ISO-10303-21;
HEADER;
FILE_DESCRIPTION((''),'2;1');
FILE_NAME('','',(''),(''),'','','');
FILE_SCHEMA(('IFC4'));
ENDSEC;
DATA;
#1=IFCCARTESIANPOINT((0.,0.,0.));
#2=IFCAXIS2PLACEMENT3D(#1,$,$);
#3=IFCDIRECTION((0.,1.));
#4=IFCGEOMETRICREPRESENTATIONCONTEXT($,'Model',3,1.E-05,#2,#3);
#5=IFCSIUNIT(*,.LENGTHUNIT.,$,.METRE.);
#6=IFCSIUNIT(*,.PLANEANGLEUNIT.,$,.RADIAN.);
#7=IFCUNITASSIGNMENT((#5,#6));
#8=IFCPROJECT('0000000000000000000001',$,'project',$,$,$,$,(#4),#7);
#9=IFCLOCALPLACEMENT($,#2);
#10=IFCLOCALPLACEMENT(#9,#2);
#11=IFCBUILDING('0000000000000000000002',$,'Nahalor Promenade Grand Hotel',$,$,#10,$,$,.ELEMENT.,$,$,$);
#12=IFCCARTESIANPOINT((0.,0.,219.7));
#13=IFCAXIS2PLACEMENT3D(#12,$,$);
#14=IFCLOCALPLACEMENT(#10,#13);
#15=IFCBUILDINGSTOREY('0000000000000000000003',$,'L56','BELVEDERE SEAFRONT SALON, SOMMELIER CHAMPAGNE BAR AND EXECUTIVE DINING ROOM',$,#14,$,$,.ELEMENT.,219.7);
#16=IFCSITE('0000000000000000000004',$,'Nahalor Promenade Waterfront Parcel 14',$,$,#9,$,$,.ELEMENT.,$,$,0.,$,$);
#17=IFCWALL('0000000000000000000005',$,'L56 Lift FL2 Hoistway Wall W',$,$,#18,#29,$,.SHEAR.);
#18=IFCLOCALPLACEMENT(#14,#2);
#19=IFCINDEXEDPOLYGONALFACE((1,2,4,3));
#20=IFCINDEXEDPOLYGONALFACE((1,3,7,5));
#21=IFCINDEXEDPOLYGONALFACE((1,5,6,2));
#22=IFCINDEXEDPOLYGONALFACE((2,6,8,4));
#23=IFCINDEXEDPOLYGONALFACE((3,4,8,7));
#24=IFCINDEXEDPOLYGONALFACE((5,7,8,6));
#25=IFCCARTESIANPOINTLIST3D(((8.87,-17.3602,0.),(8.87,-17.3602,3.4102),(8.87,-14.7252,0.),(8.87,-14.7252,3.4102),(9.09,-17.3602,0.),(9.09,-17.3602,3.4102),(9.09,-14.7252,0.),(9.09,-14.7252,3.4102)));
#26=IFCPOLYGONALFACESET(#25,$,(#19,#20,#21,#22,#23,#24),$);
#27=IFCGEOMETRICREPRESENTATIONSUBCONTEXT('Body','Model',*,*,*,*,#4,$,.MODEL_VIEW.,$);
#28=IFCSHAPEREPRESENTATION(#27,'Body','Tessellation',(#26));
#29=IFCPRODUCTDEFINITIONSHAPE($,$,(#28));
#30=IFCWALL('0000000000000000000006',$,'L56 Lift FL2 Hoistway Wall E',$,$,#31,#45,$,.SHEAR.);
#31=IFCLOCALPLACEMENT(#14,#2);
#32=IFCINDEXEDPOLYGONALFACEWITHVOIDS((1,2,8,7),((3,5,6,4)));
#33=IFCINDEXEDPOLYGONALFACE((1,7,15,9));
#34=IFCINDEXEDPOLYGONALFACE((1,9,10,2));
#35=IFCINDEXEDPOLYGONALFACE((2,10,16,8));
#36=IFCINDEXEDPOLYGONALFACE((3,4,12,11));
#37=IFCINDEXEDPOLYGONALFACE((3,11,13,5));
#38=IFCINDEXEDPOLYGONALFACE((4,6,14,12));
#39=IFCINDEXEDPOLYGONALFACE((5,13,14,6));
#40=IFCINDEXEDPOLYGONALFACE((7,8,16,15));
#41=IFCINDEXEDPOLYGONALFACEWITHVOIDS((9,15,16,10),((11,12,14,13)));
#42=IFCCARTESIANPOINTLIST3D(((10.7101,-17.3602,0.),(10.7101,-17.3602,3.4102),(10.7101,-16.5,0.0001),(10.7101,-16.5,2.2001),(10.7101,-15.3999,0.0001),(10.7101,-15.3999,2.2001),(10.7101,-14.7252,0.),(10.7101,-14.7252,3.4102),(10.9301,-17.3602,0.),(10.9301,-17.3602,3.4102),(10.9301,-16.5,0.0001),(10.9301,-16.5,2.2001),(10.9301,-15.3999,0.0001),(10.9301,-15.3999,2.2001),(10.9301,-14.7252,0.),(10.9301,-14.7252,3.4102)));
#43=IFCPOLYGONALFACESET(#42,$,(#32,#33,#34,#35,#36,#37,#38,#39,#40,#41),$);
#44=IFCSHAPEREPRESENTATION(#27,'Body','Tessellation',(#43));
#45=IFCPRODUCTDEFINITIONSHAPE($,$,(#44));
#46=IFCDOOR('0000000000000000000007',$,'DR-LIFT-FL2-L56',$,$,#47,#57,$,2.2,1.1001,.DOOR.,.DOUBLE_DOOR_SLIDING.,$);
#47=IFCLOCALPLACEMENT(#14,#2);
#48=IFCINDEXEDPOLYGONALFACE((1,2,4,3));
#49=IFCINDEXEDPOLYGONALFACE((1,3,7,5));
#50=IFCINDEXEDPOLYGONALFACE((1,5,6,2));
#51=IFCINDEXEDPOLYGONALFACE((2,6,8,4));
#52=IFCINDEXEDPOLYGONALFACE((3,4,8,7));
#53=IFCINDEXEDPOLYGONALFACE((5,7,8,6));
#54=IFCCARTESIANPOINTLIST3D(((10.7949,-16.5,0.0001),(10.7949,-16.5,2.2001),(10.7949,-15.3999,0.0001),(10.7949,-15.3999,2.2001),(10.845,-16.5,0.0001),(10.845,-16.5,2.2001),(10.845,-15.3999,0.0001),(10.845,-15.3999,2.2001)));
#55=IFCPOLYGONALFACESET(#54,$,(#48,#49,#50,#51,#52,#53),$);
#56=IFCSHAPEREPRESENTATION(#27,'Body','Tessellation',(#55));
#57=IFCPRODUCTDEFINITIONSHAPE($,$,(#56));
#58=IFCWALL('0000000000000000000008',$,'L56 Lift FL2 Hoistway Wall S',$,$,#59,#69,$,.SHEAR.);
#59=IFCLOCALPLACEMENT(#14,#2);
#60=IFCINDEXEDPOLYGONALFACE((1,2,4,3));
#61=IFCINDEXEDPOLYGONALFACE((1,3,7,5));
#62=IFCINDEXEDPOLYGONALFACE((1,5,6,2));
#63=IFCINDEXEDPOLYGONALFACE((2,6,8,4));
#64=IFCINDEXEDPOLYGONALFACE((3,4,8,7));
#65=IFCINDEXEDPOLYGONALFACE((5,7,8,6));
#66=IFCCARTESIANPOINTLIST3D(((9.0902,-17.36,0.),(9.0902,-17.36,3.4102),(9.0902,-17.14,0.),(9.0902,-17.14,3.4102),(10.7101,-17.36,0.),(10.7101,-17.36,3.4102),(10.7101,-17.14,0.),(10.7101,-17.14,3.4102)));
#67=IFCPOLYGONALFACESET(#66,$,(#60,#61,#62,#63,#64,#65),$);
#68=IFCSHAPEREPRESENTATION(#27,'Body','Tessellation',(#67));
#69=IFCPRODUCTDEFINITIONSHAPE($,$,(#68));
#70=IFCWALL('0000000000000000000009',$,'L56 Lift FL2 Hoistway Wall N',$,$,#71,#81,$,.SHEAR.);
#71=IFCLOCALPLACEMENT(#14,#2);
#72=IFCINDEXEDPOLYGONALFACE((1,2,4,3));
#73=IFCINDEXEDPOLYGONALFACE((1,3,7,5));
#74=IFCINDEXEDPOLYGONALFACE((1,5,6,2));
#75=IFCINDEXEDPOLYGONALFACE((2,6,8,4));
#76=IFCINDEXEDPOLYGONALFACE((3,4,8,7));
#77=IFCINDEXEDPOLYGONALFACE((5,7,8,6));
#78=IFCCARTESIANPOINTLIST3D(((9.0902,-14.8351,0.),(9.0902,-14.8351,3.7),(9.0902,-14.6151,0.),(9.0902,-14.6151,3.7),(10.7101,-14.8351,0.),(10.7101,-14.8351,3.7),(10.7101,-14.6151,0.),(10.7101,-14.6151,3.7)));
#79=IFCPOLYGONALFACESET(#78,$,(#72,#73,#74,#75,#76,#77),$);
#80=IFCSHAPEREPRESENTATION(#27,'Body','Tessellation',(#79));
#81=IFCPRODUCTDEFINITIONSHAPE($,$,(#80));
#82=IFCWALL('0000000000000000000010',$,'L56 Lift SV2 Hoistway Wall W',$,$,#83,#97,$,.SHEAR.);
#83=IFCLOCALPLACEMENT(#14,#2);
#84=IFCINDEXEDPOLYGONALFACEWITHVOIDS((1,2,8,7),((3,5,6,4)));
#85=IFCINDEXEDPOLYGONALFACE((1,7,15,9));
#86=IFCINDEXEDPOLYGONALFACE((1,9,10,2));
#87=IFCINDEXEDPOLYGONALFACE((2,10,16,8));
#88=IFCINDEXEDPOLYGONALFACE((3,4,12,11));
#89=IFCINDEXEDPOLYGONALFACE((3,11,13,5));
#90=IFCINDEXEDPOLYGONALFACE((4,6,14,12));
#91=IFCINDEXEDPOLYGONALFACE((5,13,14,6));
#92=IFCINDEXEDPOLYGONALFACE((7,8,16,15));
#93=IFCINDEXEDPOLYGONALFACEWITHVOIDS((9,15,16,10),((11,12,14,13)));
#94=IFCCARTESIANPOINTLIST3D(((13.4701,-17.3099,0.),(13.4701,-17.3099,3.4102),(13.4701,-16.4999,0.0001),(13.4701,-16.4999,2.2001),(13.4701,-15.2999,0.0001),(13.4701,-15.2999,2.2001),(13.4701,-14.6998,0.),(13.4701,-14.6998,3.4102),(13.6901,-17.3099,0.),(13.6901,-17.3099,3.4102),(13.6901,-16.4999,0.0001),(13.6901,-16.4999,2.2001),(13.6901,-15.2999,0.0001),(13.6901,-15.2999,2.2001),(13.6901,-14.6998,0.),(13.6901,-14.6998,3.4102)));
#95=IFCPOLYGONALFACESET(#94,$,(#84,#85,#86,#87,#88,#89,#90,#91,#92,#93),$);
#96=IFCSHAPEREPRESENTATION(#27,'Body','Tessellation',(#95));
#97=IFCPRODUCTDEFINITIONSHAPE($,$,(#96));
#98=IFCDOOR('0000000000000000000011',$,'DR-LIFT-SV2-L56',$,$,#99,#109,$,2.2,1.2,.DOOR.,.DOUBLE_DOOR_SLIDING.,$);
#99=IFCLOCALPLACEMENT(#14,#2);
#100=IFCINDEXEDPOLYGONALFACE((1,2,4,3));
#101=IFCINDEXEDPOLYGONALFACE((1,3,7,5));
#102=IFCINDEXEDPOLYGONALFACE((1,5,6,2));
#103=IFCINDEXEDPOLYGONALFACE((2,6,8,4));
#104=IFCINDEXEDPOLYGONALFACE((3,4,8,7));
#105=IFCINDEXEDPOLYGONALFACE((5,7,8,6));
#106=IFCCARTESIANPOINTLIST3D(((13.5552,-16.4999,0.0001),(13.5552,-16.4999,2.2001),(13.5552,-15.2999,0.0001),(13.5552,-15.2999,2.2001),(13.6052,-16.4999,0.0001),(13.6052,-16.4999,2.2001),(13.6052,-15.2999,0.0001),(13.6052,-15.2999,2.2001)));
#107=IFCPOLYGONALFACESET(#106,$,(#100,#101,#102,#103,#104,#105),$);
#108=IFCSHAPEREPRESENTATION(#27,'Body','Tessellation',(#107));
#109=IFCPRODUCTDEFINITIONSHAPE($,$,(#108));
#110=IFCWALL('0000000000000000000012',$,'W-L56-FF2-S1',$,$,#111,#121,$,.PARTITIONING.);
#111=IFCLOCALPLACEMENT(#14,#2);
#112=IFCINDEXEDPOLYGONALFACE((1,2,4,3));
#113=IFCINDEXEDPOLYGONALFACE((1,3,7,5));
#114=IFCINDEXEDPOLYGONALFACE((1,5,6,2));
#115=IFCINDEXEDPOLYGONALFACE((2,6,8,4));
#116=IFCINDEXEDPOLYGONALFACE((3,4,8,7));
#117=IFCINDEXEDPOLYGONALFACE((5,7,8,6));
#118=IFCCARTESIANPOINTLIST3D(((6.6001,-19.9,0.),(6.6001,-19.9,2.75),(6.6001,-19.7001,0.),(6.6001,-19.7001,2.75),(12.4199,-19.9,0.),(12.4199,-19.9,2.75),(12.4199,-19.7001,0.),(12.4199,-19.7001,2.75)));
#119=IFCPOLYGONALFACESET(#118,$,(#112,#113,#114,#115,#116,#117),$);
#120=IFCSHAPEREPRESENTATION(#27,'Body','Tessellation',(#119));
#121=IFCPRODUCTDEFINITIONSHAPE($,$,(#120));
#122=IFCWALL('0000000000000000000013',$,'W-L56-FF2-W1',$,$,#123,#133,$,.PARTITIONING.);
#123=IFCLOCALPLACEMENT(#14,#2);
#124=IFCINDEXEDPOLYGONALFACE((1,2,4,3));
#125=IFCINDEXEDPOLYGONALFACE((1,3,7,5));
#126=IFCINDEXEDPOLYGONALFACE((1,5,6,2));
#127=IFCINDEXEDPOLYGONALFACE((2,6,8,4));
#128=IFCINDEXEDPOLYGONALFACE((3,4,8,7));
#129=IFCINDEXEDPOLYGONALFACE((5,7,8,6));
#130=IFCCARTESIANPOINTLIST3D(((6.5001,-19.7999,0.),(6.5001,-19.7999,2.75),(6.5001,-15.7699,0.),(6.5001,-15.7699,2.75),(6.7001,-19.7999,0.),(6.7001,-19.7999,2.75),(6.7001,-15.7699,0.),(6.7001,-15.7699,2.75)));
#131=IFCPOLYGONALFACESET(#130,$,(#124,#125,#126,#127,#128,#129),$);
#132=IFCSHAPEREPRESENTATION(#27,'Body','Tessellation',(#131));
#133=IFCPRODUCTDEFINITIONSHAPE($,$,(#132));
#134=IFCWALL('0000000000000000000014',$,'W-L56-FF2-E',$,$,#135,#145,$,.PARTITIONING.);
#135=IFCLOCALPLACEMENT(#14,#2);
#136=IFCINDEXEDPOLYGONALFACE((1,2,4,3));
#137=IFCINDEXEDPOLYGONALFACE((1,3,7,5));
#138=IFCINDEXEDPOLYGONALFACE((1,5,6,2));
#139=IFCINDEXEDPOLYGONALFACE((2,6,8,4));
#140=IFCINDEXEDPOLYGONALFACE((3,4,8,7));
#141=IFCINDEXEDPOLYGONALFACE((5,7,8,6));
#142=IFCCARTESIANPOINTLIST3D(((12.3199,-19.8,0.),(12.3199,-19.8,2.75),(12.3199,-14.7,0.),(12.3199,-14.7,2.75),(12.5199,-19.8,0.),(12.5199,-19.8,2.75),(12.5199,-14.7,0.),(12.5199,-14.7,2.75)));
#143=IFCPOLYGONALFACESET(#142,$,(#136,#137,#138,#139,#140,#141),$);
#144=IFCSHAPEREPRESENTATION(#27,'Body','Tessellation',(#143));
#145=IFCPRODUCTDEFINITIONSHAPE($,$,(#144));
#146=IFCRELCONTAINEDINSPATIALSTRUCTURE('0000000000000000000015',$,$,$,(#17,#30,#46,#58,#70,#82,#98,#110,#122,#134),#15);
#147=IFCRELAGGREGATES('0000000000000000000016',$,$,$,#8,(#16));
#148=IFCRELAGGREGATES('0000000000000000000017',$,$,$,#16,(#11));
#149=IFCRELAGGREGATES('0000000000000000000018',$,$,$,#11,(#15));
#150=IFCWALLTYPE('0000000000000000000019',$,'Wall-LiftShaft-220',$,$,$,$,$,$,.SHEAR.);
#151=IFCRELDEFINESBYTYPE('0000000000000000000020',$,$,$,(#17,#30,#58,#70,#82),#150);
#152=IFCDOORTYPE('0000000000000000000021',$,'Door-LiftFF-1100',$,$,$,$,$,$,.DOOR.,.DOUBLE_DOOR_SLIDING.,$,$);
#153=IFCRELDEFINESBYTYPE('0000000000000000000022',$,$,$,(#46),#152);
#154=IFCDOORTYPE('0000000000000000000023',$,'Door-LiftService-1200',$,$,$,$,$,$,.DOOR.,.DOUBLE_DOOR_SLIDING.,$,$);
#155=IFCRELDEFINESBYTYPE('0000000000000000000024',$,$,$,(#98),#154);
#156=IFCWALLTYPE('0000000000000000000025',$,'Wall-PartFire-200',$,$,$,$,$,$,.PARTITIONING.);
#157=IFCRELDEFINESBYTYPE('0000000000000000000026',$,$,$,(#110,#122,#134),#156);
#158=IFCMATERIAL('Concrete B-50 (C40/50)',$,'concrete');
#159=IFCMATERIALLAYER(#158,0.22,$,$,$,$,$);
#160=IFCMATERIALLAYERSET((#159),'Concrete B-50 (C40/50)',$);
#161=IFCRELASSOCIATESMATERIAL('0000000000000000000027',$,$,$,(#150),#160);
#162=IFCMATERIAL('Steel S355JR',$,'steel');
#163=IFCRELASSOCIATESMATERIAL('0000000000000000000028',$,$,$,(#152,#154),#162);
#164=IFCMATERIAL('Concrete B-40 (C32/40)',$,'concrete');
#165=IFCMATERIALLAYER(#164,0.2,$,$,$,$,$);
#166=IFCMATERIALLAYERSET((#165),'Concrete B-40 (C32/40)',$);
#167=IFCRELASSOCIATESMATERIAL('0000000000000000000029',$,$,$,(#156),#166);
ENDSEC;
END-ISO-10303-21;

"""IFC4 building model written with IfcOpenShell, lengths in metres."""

from ifc_helpers import new_model, si_unit, direction, frame, frame_2d, origin, place, context, subcontext, project, spatial, rectangle, extrude, source, transform, mapped, material, layer, layer_set, type_object, element, fill, save


model = new_model("IFC4")

# Units and contexts
model_context = context("Model", 3, precision=1e-05, world=origin(), true_north=direction((0.0, 1.0)))
body_context = subcontext(model_context, "Body", "Model", "MODEL_VIEW")
ifc_project = project(units=[si_unit("LENGTHUNIT", "METRE"), si_unit("PLANEANGLEUNIT", "RADIAN")], contexts=[model_context])

# Site, building, storey
site_placement = place(None, origin())
site = spatial("IfcSite", under=ifc_project, at=site_placement, Name="Nahalor Promenade Waterfront Parcel 14", CompositionType="ELEMENT", RefElevation=0.0)
building_placement = place(site_placement, origin())
building = spatial("IfcBuilding", under=site, at=building_placement, Name="Nahalor Promenade Grand Hotel", CompositionType="ELEMENT")
storey_placement = place(building_placement, frame((0.0, 0.0, 219.7)))
storey = spatial("IfcBuildingStorey", under=building, at=storey_placement, Name="L56", Description="BELVEDERE SEAFRONT SALON, SOMMELIER CHAMPAGNE BAR AND EXECUTIVE DINING ROOM", CompositionType="ELEMENT", Elevation=219.7)

# Shared definitions
ifc_material_1 = material(Name="Steel S355JR", Category="steel")

# Shared definitions
ifc_material_2 = material(Name="Concrete B-50 (C40/50)", Category="concrete")

# Shared definitions
ifc_layer_1 = layer(ifc_material_2, 0.22)
ifc_layer_set_1 = layer_set([ifc_layer_1], Name="Concrete B-50 (C40/50)")
wall_type_1 = type_object("IfcWallType", Name="Wall-LiftShaft-220", PredefinedType="SHEAR", material=ifc_layer_set_1)

# Wall
shared_shape_1 = source(origin(), body_context, "Body", "SweptSolid", [
    extrude(rectangle(XDim=2.635, YDim=0.22, at=frame_2d((1.3174, 0.0))), origin(), (0.0, 0.0, 1.0), 3.4102),
])
wall_1_placement = place(storey_placement, frame((8.98, -17.3601, 0.0), z_axis=(0.0, 0.0, 1.0), x_axis=(0.0, 1.0, 0.0)))
element("IfcWall", 1, at=wall_1_placement, inside=storey, type_object=wall_type_1, Name="L56 Lift FL2 Hoistway Wall W", PredefinedType="SHEAR", context=body_context, shape_type="MappedRepresentation", body=[
    mapped(shared_shape_1, transform((0.0, 0.0, 0.0), scale=1.0)),
])

# Wall, opening, door
wall_2_placement = place(storey_placement, frame((10.8201, -17.3601, 0.0), z_axis=(0.0, 0.0, 1.0), x_axis=(0.0, 1.0, 0.0)))
wall_2 = element("IfcWall", 2, at=wall_2_placement, inside=storey, type_object=wall_type_1, Name="L56 Lift FL2 Hoistway Wall E", PredefinedType="SHEAR", context=body_context, shape_type="MappedRepresentation", body=[
    mapped(shared_shape_1, transform((0.0, 0.0, 0.0), scale=1.0)),
])
opening_1_placement = place(wall_2_placement, frame((0.8601, 0.0, 0.0)))
opening_1 = element("IfcOpeningElement", 3, at=opening_1_placement, cuts=wall_2, PredefinedType="OPENING", context=body_context, shape_type="SweptSolid", body=[
    extrude(rectangle(XDim=1.1001, YDim=2.2, at=frame_2d((0.55, 1.1001))), frame((0.0, 0.1199, 0.0), z_axis=(0.0, -1.0, 0.0), x_axis=(1.0, 0.0, 0.0)), (0.0, 0.0, 1.0), 0.24),
])
door_type_1 = type_object("IfcDoorType", Name="Door-LiftFF-1100", OperationType="DOUBLE_DOOR_SLIDING", PredefinedType="DOOR", material=ifc_material_1)
shared_shape_2 = source(origin(), body_context, "Body", "SweptSolid", [
    extrude(rectangle(XDim=1.1001, YDim=2.2, at=frame_2d((0.55, 1.1001))), frame((0.0, 0.0249, 0.0), z_axis=(0.0, -1.0, 0.0), x_axis=(1.0, 0.0, 0.0)), (0.0, 0.0, 1.0), 0.05),
])
door_1_placement = place(opening_1_placement, frame((1.1001, 0.0, 0.0), z_axis=(0.0, 0.0, 1.0), x_axis=(-1.0, 0.0, 0.0)))
door_1 = element("IfcDoor", 4, at=door_1_placement, inside=storey, type_object=door_type_1, Name="DR-LIFT-FL2-L56", OperationType="DOUBLE_DOOR_SLIDING", OverallHeight=2.2, OverallWidth=1.1001, PredefinedType="DOOR", context=body_context, shape_type="MappedRepresentation", body=[
    mapped(shared_shape_2, transform((0.0, 0.0, 0.0), scale=1.0)),
])
fill(opening_1, door_1)

# Walls
shared_shape_3 = source(origin(), body_context, "Body", "SweptSolid", [
    extrude(rectangle(XDim=1.6199, YDim=0.22, at=frame_2d((0.8101, 0.0))), origin(), (0.0, 0.0, 1.0), 3.4102),
])
wall_3_placement = place(storey_placement, frame((9.0901, -17.25, 0.0), z_axis=(0.0, 0.0, 1.0), x_axis=(1.0, 0.0, 0.0)))
element("IfcWall", 5, at=wall_3_placement, inside=storey, type_object=wall_type_1, Name="L56 Lift FL2 Hoistway Wall S", PredefinedType="SHEAR", context=body_context, shape_type="MappedRepresentation", body=[
    mapped(shared_shape_3, transform((0.0, 0.0, 0.0), scale=1.0)),
])
shared_shape_4 = source(origin(), body_context, "Body", "SweptSolid", [
    extrude(rectangle(XDim=1.6199, YDim=0.22, at=frame_2d((0.8101, 0.0))), origin(), (0.0, 0.0, 1.0), 3.7),
])
wall_4_placement = place(storey_placement, frame((9.0901, -14.7251, 0.0), z_axis=(0.0, 0.0, 1.0), x_axis=(1.0, 0.0, 0.0)))
element("IfcWall", 6, at=wall_4_placement, inside=storey, type_object=wall_type_1, Name="L56 Lift FL2 Hoistway Wall N", PredefinedType="SHEAR", context=body_context, shape_type="MappedRepresentation", body=[
    mapped(shared_shape_4, transform((0.0, 0.0, 0.0), scale=1.0)),
])

# Wall, opening, door
shared_shape_5 = source(origin(), body_context, "Body", "SweptSolid", [
    extrude(rectangle(XDim=2.6101, YDim=0.22, at=frame_2d((1.3052, 0.0))), origin(), (0.0, 0.0, 1.0), 3.4102),
])
wall_5_placement = place(storey_placement, frame((13.5801, -17.3101, 0.0), z_axis=(0.0, 0.0, 1.0), x_axis=(0.0, 1.0, 0.0)))
wall_5 = element("IfcWall", 7, at=wall_5_placement, inside=storey, type_object=wall_type_1, Name="L56 Lift SV2 Hoistway Wall W", PredefinedType="SHEAR", context=body_context, shape_type="MappedRepresentation", body=[
    mapped(shared_shape_5, transform((0.0, 0.0, 0.0), scale=1.0)),
])
opening_2_placement = place(wall_5_placement, frame((0.8101, 0.0, 0.0)))
opening_2 = element("IfcOpeningElement", 8, at=opening_2_placement, cuts=wall_5, PredefinedType="OPENING", context=body_context, shape_type="SweptSolid", body=[
    extrude(rectangle(XDim=1.2, YDim=2.2, at=frame_2d((0.6001, 1.1001))), frame((0.0, 0.1199, 0.0), z_axis=(0.0, -1.0, 0.0), x_axis=(1.0, 0.0, 0.0)), (0.0, 0.0, 1.0), 0.24),
])
door_type_2 = type_object("IfcDoorType", Name="Door-LiftService-1200", OperationType="DOUBLE_DOOR_SLIDING", PredefinedType="DOOR", material=ifc_material_1)
shared_shape_6 = source(origin(), body_context, "Body", "SweptSolid", [
    extrude(rectangle(XDim=1.2, YDim=2.2, at=frame_2d((0.6001, 1.1001))), frame((0.0, 0.0249, 0.0), z_axis=(0.0, -1.0, 0.0), x_axis=(1.0, 0.0, 0.0)), (0.0, 0.0, 1.0), 0.05),
])
door_2_placement = place(opening_2_placement, origin())
door_2 = element("IfcDoor", 9, at=door_2_placement, inside=storey, type_object=door_type_2, Name="DR-LIFT-SV2-L56", OperationType="DOUBLE_DOOR_SLIDING", OverallHeight=2.2, OverallWidth=1.2, PredefinedType="DOOR", context=body_context, shape_type="MappedRepresentation", body=[
    mapped(shared_shape_6, transform((0.0, 0.0, 0.0), scale=1.0)),
])
fill(opening_2, door_2)

# Walls
ifc_material_3 = material(Name="Concrete B-40 (C32/40)", Category="concrete")
ifc_layer_2 = layer(ifc_material_3, 0.2)
ifc_layer_set_2 = layer_set([ifc_layer_2], Name="Concrete B-40 (C32/40)")
wall_type_2 = type_object("IfcWallType", Name="Wall-PartFire-200", PredefinedType="PARTITIONING", material=ifc_layer_set_2)
shared_shape_7 = source(origin(), body_context, "Body", "SweptSolid", [
    extrude(rectangle(XDim=5.8198, YDim=0.2, at=frame_2d((2.9099, 0.0))), origin(), (0.0, 0.0, 1.0), 2.75),
])
wall_6_placement = place(storey_placement, frame((6.6001, -19.8, 0.0), z_axis=(0.0, 0.0, 1.0), x_axis=(1.0, 0.0, 0.0)))
element("IfcWall", 10, at=wall_6_placement, inside=storey, type_object=wall_type_2, Name="W-L56-FF2-S1", PredefinedType="PARTITIONING", context=body_context, shape_type="MappedRepresentation", body=[
    mapped(shared_shape_7, transform((0.0, 0.0, 0.0), scale=1.0)),
])
shared_shape_8 = source(origin(), body_context, "Body", "SweptSolid", [
    extrude(rectangle(XDim=4.03, YDim=0.2, at=frame_2d((2.0151, 0.0))), origin(), (0.0, 0.0, 1.0), 2.75),
])
wall_7_placement = place(storey_placement, frame((6.6001, -19.8, 0.0), z_axis=(0.0, 0.0, 1.0), x_axis=(0.0, 1.0, 0.0)))
element("IfcWall", 11, at=wall_7_placement, inside=storey, type_object=wall_type_2, Name="W-L56-FF2-W1", PredefinedType="PARTITIONING", context=body_context, shape_type="MappedRepresentation", body=[
    mapped(shared_shape_8, transform((0.0, 0.0, 0.0), scale=1.0)),
])
shared_shape_9 = source(origin(), body_context, "Body", "SweptSolid", [
    extrude(rectangle(XDim=5.1001, YDim=0.2, at=frame_2d((2.55, 0.0))), origin(), (0.0, 0.0, 1.0), 2.75),
])
wall_8_placement = place(storey_placement, frame((12.4199, -19.8, 0.0), z_axis=(0.0, 0.0, 1.0), x_axis=(0.0, 1.0, 0.0)))
element("IfcWall", 12, at=wall_8_placement, inside=storey, type_object=wall_type_2, Name="W-L56-FF2-E", PredefinedType="PARTITIONING", context=body_context, shape_type="MappedRepresentation", body=[
    mapped(shared_shape_9, transform((0.0, 0.0, 0.0), scale=1.0)),
])

save(model, "model.ifc")
